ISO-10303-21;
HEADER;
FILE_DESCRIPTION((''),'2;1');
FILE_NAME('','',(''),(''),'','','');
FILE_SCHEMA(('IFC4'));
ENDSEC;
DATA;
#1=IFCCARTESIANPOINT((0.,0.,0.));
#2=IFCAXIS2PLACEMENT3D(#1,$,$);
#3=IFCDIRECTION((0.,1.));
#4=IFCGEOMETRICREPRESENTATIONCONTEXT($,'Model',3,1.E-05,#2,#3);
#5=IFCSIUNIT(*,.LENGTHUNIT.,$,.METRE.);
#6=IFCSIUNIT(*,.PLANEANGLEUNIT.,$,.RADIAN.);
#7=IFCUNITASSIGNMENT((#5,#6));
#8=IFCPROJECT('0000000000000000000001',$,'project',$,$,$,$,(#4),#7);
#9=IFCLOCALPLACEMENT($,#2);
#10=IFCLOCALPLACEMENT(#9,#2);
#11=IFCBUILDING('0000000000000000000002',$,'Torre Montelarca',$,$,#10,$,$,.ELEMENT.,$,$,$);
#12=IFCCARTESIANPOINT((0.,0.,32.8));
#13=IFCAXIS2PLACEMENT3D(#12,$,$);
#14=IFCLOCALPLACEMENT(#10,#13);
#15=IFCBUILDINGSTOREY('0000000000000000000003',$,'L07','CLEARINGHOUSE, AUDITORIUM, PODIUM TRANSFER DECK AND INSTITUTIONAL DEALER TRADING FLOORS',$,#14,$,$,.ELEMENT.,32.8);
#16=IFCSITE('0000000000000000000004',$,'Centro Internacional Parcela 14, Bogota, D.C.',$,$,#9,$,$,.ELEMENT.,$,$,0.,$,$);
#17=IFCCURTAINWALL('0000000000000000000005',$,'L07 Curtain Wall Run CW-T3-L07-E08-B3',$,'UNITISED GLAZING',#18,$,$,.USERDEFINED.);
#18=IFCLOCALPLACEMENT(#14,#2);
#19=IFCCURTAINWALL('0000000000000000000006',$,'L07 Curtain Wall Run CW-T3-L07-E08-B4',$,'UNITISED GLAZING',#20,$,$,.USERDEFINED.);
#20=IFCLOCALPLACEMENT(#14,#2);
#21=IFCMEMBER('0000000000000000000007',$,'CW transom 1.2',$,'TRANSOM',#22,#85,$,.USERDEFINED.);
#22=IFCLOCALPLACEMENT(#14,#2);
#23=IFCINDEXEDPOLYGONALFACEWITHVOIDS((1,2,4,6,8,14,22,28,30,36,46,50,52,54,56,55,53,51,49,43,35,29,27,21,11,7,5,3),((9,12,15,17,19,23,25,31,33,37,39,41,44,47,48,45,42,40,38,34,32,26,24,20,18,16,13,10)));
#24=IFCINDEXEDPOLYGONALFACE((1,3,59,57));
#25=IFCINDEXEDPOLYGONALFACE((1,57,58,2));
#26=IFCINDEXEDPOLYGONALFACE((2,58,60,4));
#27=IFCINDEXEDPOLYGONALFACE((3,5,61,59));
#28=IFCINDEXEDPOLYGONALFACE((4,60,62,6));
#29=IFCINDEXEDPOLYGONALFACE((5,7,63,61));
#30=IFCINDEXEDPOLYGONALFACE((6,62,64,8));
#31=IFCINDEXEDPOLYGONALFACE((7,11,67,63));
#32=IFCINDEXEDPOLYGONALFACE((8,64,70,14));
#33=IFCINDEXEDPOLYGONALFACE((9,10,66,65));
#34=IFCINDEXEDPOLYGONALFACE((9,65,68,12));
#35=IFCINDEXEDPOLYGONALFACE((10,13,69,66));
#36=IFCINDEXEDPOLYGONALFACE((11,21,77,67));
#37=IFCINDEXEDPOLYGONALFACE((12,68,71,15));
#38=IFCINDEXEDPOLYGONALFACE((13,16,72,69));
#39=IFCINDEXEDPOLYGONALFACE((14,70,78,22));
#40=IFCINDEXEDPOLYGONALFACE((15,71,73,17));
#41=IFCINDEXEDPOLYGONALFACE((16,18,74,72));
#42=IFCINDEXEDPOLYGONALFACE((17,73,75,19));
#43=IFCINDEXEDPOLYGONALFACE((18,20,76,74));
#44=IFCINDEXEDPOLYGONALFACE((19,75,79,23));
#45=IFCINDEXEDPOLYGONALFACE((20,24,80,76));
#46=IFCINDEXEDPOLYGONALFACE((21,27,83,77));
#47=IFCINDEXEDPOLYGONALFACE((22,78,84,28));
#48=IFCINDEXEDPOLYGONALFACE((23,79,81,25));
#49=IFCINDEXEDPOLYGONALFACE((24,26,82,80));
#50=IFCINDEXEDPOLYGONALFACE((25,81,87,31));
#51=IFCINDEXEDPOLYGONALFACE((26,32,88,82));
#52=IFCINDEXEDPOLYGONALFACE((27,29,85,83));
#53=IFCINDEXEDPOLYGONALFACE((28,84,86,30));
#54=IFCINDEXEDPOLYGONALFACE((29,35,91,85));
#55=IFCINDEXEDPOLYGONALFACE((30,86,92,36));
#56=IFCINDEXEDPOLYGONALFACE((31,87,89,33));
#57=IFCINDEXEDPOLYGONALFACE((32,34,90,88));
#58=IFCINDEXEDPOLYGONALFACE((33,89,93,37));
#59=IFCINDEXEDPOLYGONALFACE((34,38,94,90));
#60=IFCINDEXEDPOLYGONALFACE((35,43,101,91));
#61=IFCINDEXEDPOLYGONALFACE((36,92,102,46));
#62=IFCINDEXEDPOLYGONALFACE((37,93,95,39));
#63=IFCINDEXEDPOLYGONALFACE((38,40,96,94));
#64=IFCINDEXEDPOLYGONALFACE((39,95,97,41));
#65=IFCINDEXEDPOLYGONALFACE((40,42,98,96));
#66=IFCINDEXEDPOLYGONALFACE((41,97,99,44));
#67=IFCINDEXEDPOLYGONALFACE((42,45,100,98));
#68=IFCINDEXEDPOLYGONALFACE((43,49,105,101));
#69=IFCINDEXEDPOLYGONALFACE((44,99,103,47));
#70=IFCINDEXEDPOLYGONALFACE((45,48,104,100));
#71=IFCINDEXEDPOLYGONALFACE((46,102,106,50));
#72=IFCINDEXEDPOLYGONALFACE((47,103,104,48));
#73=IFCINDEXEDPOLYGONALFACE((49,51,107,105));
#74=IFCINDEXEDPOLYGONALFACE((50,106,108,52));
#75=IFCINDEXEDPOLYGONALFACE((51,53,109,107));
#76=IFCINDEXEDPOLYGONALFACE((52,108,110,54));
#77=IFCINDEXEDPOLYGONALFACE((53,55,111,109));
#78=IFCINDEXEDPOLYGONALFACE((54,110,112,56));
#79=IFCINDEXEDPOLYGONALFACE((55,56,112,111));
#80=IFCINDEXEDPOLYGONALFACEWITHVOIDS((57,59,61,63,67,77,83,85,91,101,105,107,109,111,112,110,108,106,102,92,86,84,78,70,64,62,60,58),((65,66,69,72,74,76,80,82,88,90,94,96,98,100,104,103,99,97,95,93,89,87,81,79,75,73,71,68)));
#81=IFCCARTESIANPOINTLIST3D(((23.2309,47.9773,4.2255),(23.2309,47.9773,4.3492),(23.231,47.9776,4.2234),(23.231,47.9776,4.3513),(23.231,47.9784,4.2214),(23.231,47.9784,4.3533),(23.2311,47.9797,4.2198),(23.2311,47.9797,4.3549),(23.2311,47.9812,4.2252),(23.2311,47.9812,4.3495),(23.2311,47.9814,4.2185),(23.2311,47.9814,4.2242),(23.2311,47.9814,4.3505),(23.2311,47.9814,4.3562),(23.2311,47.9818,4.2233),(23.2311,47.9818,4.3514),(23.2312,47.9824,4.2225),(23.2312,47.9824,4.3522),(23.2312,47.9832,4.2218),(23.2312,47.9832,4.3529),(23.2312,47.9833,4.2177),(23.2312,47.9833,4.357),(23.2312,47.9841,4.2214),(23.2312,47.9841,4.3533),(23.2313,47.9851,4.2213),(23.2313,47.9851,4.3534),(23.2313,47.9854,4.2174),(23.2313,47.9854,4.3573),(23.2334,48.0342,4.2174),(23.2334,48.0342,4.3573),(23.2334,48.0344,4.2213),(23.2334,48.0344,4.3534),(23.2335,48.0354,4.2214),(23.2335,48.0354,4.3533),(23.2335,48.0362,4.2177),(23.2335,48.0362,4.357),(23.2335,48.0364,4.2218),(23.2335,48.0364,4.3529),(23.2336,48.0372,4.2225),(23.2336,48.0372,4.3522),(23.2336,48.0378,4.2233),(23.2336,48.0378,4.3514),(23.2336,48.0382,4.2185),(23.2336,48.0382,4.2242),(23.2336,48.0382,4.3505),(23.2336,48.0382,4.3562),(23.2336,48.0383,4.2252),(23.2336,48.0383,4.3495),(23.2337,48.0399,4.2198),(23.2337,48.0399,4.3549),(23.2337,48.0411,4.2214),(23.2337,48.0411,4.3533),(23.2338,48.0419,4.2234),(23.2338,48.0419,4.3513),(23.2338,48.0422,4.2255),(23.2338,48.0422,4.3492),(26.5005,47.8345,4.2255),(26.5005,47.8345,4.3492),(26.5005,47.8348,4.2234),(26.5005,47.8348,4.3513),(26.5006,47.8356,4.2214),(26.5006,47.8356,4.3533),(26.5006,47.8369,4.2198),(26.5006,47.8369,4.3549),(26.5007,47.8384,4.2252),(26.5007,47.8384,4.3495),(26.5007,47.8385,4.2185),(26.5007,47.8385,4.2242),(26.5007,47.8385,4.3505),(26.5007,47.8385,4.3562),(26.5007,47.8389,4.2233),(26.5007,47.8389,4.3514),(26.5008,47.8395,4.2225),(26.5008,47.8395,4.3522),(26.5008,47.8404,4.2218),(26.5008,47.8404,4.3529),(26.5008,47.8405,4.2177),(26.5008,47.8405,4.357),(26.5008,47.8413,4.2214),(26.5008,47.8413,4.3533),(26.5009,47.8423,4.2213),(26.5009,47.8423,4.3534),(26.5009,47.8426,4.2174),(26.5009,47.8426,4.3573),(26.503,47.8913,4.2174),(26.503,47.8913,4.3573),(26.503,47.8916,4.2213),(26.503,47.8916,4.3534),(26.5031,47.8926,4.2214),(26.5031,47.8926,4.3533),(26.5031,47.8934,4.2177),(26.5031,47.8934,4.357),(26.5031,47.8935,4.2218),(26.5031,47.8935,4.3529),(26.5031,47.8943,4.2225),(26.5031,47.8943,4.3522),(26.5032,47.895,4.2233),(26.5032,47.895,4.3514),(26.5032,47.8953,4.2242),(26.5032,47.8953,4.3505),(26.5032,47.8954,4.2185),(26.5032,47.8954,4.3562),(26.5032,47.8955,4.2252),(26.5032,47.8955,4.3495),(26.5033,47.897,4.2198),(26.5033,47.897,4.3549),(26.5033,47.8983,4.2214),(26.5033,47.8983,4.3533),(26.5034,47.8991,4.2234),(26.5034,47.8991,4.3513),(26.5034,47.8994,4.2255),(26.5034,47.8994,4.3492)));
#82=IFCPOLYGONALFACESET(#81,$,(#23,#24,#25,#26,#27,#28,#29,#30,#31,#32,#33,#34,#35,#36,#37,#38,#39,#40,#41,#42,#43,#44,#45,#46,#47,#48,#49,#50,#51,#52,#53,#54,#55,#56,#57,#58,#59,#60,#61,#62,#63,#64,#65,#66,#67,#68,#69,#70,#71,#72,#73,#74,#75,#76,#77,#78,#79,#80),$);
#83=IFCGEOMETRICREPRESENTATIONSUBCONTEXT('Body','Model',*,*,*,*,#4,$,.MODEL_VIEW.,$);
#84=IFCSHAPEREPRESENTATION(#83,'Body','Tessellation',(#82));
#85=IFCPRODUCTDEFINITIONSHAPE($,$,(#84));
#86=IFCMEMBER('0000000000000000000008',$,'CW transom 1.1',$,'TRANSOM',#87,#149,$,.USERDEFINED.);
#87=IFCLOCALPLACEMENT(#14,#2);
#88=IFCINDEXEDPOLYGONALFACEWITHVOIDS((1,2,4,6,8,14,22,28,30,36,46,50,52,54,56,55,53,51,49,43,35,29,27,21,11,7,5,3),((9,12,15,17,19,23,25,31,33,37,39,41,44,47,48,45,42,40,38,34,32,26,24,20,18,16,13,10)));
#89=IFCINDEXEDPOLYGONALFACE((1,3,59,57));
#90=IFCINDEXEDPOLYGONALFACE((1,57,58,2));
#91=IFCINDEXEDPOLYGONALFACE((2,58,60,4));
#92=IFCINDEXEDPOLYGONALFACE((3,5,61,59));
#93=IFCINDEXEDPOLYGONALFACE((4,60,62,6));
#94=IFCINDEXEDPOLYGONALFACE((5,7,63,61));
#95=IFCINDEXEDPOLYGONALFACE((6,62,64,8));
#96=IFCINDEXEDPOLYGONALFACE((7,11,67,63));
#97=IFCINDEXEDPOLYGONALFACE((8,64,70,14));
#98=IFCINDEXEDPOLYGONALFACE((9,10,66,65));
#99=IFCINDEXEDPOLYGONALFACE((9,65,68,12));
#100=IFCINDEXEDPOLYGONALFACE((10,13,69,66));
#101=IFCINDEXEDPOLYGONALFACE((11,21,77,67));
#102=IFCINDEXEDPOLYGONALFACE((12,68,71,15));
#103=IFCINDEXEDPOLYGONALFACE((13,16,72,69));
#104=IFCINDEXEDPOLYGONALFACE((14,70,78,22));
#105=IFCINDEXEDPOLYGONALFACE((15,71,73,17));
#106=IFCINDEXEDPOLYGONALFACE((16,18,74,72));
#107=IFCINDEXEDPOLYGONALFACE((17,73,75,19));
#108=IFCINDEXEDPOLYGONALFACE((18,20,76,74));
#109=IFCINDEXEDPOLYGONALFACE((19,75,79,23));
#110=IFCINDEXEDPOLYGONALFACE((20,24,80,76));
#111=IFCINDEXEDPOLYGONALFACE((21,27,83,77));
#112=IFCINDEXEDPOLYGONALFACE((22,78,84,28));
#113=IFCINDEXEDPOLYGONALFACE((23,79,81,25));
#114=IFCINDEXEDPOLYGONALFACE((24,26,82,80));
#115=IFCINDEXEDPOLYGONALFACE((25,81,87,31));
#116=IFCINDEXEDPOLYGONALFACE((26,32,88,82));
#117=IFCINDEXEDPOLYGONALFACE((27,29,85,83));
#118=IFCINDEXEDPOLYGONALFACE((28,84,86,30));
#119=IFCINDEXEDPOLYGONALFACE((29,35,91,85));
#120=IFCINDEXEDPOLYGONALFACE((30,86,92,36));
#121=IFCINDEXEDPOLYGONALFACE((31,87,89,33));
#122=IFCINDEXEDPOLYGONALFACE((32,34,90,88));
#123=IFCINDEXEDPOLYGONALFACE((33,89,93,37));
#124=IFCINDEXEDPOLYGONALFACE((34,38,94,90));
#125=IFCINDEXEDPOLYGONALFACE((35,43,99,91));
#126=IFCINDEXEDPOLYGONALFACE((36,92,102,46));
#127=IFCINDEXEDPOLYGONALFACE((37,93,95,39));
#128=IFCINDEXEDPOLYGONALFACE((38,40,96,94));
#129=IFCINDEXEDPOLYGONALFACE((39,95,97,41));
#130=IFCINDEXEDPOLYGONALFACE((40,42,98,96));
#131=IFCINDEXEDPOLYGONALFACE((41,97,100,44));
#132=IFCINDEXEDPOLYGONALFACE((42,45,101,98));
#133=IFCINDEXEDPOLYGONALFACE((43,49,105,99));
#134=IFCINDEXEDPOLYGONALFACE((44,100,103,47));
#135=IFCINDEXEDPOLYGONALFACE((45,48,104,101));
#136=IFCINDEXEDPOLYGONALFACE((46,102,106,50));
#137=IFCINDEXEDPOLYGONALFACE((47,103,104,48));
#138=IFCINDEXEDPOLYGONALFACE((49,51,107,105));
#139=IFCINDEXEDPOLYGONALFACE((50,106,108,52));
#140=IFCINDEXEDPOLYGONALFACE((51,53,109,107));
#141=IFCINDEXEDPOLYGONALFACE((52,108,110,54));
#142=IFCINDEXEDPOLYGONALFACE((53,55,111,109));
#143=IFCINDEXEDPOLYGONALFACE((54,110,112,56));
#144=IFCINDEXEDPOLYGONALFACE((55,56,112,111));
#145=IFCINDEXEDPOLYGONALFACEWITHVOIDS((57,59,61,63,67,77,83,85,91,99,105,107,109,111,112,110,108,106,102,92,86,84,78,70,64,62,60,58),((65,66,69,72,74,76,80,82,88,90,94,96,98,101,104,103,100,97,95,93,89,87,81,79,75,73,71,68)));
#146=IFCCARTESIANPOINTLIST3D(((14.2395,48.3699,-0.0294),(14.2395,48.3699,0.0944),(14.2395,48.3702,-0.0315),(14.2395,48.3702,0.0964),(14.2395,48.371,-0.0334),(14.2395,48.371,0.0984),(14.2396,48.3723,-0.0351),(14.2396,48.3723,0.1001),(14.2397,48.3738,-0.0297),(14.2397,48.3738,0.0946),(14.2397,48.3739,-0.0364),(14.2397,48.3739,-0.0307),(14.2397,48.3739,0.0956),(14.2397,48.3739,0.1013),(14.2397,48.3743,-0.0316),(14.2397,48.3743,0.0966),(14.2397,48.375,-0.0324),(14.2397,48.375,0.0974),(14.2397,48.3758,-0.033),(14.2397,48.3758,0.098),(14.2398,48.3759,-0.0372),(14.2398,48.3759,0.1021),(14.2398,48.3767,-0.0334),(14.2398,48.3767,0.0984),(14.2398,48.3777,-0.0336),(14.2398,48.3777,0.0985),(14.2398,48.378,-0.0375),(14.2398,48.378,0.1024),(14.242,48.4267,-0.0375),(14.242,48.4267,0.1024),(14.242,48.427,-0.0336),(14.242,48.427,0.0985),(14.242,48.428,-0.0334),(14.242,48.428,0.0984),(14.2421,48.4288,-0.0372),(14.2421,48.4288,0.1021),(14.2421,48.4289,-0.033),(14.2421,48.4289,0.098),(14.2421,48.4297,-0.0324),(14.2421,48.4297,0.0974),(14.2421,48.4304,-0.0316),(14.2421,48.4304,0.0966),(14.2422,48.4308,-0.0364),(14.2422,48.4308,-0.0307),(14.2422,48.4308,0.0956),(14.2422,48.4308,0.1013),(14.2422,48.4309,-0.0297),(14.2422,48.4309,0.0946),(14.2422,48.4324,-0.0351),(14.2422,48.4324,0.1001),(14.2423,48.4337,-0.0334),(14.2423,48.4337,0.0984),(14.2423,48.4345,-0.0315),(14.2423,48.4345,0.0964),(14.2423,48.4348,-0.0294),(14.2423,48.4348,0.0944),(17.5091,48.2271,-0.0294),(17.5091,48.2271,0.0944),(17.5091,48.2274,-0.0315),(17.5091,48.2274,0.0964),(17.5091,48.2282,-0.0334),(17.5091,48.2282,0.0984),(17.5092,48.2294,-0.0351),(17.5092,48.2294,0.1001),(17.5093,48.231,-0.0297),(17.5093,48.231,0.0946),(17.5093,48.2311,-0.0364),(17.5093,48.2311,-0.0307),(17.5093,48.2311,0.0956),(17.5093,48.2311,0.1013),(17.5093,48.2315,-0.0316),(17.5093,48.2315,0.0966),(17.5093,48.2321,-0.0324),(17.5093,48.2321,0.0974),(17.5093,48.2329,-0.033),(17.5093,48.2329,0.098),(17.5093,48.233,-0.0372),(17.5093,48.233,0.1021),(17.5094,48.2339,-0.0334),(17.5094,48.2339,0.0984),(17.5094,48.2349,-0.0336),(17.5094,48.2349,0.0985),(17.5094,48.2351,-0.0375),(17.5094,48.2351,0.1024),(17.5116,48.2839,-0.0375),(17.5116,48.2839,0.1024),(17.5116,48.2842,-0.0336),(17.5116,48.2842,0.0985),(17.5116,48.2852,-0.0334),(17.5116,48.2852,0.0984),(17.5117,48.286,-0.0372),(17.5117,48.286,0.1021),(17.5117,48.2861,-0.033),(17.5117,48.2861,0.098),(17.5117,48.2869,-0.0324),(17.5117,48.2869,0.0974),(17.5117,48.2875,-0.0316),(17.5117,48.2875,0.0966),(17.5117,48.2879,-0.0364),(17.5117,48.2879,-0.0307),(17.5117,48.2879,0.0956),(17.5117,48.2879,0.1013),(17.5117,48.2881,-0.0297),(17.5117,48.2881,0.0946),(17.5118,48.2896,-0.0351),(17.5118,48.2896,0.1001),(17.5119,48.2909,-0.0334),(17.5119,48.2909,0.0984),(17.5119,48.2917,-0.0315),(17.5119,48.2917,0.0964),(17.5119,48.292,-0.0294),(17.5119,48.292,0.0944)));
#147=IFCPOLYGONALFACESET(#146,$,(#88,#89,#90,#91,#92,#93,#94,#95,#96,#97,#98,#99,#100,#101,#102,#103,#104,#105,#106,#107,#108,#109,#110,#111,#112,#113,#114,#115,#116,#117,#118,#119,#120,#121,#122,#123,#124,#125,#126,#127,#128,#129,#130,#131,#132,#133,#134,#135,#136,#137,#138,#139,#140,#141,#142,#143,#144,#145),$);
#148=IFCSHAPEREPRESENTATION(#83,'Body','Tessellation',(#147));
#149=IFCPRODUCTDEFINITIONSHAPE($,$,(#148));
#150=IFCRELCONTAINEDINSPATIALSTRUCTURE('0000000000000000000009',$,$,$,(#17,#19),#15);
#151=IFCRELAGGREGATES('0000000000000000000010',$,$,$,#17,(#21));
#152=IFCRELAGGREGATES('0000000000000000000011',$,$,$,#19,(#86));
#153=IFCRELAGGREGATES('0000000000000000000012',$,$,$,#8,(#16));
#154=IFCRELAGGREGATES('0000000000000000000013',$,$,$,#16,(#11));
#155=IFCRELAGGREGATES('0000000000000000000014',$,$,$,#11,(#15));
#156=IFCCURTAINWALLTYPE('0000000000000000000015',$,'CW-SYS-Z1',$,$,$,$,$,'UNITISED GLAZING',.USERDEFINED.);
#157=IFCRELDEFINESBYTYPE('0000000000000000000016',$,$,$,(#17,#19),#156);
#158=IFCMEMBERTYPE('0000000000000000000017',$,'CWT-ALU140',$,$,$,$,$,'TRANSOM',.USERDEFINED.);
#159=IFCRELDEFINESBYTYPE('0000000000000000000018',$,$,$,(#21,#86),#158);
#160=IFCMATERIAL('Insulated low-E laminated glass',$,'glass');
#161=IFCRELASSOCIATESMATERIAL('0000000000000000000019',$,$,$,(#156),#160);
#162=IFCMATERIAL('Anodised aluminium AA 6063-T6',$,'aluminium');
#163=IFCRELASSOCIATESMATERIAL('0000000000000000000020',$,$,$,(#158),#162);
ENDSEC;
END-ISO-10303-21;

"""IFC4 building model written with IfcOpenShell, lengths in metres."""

from ifc_helpers import new_model, si_unit, direction, frame, origin, origin_2d, place, context, subcontext, project, spatial, hollow_rectangle, extrude, source, transform, mapped, material, material_profile, profile_set, type_object, element, aggregate, save


model = new_model("IFC4")

# Units and contexts
model_context = context("Model", 3, precision=1e-05, world=origin(), true_north=direction((0.0, 1.0)))
body_context = subcontext(model_context, "Body", "Model", "MODEL_VIEW")
ifc_project = project(units=[si_unit("LENGTHUNIT", "METRE"), si_unit("PLANEANGLEUNIT", "RADIAN")], contexts=[model_context])

# Site, building, storey
site_placement = place(None, origin())
site = spatial("IfcSite", under=ifc_project, at=site_placement, Name="Centro Internacional Parcela 14, Bogota, D.C.", CompositionType="ELEMENT", RefElevation=0.0)
building_placement = place(site_placement, origin())
building = spatial("IfcBuilding", under=site, at=building_placement, Name="Torre Montelarca", CompositionType="ELEMENT")
storey_placement = place(building_placement, frame((0.0, 0.0, 32.8)))
storey = spatial("IfcBuildingStorey", under=building, at=storey_placement, Name="L07", Description="CLEARINGHOUSE, AUDITORIUM, PODIUM TRANSFER DECK AND INSTITUTIONAL DEALER TRADING FLOORS", CompositionType="ELEMENT", Elevation=32.8)

# Curtain walls
ifc_material_1 = material(Name="Insulated low-E laminated glass", Category="glass")
curtain_wall_type = type_object("IfcCurtainWallType", Name="CW-SYS-Z1", ElementType="UNITISED GLAZING", PredefinedType="USERDEFINED", material=ifc_material_1)
curtain_wall_1_placement = place(storey_placement, origin())
curtain_wall_1 = element("IfcCurtainWall", 1, at=curtain_wall_1_placement, inside=storey, type_object=curtain_wall_type, Name="L07 Curtain Wall Run CW-T3-L07-E08-B3", ObjectType="UNITISED GLAZING", PredefinedType="USERDEFINED")
ifc_material_2 = material(Name="Anodised aluminium AA 6063-T6", Category="aluminium")
curtain_wall_2_placement = place(storey_placement, origin())
curtain_wall_2 = element("IfcCurtainWall", 2, at=curtain_wall_2_placement, inside=storey, type_object=curtain_wall_type, Name="L07 Curtain Wall Run CW-T3-L07-E08-B4", ObjectType="UNITISED GLAZING", PredefinedType="USERDEFINED")

# Members
ifc_material_profile_1 = material_profile(ifc_material_2, hollow_rectangle(XDim=0.0649, YDim=0.1399, WallThickness=0.0039, InnerFilletRadius=0.0039, OuterFilletRadius=0.0081, at=origin_2d()), Name="ALU65X140X4", Category="aluminium")
ifc_profile_set_1 = profile_set([ifc_material_profile_1], Name="Anodised aluminium AA 6063-T6")
member_type_1 = type_object("IfcMemberType", Name="CWT-ALU140", ElementType="TRANSOM", PredefinedType="USERDEFINED", material=ifc_profile_set_1)
shared_shape_1 = source(origin(), body_context, "Body", "SweptSolid", [
    extrude(hollow_rectangle(XDim=0.0649, YDim=0.1399, WallThickness=0.0039, InnerFilletRadius=0.0039, OuterFilletRadius=0.0081, at=origin_2d()), origin(), (0.0, 0.0, 1.0), 3.2727),
])
member_1_placement = place(storey_placement, frame((26.502, 47.8669, 4.2874), z_axis=(-0.999047, 0.043641, 0.0), x_axis=(-0.043641, -0.999047, 0.0)))
member_1 = element("IfcMember", 3, at=member_1_placement, type_object=member_type_1, Name="CW transom 1.2", ObjectType="TRANSOM", PredefinedType="USERDEFINED", context=body_context, shape_type="MappedRepresentation", body=[
    mapped(shared_shape_1, transform((0.0, 0.0, 0.0), scale=1.0)),
])
member_2_placement = place(storey_placement, frame((17.5105, 48.2595, 0.0325), z_axis=(-0.999047, 0.043641, 0.0), x_axis=(-0.043641, -0.999047, 0.0)))
member_2 = element("IfcMember", 4, at=member_2_placement, type_object=member_type_1, Name="CW transom 1.1", ObjectType="TRANSOM", PredefinedType="USERDEFINED", context=body_context, shape_type="MappedRepresentation", body=[
    mapped(shared_shape_1, transform((0.0, 0.0, 0.0), scale=1.0)),
])

aggregate(curtain_wall_1, [member_1])
aggregate(curtain_wall_2, [member_2])

save(model, "model.ifc")
